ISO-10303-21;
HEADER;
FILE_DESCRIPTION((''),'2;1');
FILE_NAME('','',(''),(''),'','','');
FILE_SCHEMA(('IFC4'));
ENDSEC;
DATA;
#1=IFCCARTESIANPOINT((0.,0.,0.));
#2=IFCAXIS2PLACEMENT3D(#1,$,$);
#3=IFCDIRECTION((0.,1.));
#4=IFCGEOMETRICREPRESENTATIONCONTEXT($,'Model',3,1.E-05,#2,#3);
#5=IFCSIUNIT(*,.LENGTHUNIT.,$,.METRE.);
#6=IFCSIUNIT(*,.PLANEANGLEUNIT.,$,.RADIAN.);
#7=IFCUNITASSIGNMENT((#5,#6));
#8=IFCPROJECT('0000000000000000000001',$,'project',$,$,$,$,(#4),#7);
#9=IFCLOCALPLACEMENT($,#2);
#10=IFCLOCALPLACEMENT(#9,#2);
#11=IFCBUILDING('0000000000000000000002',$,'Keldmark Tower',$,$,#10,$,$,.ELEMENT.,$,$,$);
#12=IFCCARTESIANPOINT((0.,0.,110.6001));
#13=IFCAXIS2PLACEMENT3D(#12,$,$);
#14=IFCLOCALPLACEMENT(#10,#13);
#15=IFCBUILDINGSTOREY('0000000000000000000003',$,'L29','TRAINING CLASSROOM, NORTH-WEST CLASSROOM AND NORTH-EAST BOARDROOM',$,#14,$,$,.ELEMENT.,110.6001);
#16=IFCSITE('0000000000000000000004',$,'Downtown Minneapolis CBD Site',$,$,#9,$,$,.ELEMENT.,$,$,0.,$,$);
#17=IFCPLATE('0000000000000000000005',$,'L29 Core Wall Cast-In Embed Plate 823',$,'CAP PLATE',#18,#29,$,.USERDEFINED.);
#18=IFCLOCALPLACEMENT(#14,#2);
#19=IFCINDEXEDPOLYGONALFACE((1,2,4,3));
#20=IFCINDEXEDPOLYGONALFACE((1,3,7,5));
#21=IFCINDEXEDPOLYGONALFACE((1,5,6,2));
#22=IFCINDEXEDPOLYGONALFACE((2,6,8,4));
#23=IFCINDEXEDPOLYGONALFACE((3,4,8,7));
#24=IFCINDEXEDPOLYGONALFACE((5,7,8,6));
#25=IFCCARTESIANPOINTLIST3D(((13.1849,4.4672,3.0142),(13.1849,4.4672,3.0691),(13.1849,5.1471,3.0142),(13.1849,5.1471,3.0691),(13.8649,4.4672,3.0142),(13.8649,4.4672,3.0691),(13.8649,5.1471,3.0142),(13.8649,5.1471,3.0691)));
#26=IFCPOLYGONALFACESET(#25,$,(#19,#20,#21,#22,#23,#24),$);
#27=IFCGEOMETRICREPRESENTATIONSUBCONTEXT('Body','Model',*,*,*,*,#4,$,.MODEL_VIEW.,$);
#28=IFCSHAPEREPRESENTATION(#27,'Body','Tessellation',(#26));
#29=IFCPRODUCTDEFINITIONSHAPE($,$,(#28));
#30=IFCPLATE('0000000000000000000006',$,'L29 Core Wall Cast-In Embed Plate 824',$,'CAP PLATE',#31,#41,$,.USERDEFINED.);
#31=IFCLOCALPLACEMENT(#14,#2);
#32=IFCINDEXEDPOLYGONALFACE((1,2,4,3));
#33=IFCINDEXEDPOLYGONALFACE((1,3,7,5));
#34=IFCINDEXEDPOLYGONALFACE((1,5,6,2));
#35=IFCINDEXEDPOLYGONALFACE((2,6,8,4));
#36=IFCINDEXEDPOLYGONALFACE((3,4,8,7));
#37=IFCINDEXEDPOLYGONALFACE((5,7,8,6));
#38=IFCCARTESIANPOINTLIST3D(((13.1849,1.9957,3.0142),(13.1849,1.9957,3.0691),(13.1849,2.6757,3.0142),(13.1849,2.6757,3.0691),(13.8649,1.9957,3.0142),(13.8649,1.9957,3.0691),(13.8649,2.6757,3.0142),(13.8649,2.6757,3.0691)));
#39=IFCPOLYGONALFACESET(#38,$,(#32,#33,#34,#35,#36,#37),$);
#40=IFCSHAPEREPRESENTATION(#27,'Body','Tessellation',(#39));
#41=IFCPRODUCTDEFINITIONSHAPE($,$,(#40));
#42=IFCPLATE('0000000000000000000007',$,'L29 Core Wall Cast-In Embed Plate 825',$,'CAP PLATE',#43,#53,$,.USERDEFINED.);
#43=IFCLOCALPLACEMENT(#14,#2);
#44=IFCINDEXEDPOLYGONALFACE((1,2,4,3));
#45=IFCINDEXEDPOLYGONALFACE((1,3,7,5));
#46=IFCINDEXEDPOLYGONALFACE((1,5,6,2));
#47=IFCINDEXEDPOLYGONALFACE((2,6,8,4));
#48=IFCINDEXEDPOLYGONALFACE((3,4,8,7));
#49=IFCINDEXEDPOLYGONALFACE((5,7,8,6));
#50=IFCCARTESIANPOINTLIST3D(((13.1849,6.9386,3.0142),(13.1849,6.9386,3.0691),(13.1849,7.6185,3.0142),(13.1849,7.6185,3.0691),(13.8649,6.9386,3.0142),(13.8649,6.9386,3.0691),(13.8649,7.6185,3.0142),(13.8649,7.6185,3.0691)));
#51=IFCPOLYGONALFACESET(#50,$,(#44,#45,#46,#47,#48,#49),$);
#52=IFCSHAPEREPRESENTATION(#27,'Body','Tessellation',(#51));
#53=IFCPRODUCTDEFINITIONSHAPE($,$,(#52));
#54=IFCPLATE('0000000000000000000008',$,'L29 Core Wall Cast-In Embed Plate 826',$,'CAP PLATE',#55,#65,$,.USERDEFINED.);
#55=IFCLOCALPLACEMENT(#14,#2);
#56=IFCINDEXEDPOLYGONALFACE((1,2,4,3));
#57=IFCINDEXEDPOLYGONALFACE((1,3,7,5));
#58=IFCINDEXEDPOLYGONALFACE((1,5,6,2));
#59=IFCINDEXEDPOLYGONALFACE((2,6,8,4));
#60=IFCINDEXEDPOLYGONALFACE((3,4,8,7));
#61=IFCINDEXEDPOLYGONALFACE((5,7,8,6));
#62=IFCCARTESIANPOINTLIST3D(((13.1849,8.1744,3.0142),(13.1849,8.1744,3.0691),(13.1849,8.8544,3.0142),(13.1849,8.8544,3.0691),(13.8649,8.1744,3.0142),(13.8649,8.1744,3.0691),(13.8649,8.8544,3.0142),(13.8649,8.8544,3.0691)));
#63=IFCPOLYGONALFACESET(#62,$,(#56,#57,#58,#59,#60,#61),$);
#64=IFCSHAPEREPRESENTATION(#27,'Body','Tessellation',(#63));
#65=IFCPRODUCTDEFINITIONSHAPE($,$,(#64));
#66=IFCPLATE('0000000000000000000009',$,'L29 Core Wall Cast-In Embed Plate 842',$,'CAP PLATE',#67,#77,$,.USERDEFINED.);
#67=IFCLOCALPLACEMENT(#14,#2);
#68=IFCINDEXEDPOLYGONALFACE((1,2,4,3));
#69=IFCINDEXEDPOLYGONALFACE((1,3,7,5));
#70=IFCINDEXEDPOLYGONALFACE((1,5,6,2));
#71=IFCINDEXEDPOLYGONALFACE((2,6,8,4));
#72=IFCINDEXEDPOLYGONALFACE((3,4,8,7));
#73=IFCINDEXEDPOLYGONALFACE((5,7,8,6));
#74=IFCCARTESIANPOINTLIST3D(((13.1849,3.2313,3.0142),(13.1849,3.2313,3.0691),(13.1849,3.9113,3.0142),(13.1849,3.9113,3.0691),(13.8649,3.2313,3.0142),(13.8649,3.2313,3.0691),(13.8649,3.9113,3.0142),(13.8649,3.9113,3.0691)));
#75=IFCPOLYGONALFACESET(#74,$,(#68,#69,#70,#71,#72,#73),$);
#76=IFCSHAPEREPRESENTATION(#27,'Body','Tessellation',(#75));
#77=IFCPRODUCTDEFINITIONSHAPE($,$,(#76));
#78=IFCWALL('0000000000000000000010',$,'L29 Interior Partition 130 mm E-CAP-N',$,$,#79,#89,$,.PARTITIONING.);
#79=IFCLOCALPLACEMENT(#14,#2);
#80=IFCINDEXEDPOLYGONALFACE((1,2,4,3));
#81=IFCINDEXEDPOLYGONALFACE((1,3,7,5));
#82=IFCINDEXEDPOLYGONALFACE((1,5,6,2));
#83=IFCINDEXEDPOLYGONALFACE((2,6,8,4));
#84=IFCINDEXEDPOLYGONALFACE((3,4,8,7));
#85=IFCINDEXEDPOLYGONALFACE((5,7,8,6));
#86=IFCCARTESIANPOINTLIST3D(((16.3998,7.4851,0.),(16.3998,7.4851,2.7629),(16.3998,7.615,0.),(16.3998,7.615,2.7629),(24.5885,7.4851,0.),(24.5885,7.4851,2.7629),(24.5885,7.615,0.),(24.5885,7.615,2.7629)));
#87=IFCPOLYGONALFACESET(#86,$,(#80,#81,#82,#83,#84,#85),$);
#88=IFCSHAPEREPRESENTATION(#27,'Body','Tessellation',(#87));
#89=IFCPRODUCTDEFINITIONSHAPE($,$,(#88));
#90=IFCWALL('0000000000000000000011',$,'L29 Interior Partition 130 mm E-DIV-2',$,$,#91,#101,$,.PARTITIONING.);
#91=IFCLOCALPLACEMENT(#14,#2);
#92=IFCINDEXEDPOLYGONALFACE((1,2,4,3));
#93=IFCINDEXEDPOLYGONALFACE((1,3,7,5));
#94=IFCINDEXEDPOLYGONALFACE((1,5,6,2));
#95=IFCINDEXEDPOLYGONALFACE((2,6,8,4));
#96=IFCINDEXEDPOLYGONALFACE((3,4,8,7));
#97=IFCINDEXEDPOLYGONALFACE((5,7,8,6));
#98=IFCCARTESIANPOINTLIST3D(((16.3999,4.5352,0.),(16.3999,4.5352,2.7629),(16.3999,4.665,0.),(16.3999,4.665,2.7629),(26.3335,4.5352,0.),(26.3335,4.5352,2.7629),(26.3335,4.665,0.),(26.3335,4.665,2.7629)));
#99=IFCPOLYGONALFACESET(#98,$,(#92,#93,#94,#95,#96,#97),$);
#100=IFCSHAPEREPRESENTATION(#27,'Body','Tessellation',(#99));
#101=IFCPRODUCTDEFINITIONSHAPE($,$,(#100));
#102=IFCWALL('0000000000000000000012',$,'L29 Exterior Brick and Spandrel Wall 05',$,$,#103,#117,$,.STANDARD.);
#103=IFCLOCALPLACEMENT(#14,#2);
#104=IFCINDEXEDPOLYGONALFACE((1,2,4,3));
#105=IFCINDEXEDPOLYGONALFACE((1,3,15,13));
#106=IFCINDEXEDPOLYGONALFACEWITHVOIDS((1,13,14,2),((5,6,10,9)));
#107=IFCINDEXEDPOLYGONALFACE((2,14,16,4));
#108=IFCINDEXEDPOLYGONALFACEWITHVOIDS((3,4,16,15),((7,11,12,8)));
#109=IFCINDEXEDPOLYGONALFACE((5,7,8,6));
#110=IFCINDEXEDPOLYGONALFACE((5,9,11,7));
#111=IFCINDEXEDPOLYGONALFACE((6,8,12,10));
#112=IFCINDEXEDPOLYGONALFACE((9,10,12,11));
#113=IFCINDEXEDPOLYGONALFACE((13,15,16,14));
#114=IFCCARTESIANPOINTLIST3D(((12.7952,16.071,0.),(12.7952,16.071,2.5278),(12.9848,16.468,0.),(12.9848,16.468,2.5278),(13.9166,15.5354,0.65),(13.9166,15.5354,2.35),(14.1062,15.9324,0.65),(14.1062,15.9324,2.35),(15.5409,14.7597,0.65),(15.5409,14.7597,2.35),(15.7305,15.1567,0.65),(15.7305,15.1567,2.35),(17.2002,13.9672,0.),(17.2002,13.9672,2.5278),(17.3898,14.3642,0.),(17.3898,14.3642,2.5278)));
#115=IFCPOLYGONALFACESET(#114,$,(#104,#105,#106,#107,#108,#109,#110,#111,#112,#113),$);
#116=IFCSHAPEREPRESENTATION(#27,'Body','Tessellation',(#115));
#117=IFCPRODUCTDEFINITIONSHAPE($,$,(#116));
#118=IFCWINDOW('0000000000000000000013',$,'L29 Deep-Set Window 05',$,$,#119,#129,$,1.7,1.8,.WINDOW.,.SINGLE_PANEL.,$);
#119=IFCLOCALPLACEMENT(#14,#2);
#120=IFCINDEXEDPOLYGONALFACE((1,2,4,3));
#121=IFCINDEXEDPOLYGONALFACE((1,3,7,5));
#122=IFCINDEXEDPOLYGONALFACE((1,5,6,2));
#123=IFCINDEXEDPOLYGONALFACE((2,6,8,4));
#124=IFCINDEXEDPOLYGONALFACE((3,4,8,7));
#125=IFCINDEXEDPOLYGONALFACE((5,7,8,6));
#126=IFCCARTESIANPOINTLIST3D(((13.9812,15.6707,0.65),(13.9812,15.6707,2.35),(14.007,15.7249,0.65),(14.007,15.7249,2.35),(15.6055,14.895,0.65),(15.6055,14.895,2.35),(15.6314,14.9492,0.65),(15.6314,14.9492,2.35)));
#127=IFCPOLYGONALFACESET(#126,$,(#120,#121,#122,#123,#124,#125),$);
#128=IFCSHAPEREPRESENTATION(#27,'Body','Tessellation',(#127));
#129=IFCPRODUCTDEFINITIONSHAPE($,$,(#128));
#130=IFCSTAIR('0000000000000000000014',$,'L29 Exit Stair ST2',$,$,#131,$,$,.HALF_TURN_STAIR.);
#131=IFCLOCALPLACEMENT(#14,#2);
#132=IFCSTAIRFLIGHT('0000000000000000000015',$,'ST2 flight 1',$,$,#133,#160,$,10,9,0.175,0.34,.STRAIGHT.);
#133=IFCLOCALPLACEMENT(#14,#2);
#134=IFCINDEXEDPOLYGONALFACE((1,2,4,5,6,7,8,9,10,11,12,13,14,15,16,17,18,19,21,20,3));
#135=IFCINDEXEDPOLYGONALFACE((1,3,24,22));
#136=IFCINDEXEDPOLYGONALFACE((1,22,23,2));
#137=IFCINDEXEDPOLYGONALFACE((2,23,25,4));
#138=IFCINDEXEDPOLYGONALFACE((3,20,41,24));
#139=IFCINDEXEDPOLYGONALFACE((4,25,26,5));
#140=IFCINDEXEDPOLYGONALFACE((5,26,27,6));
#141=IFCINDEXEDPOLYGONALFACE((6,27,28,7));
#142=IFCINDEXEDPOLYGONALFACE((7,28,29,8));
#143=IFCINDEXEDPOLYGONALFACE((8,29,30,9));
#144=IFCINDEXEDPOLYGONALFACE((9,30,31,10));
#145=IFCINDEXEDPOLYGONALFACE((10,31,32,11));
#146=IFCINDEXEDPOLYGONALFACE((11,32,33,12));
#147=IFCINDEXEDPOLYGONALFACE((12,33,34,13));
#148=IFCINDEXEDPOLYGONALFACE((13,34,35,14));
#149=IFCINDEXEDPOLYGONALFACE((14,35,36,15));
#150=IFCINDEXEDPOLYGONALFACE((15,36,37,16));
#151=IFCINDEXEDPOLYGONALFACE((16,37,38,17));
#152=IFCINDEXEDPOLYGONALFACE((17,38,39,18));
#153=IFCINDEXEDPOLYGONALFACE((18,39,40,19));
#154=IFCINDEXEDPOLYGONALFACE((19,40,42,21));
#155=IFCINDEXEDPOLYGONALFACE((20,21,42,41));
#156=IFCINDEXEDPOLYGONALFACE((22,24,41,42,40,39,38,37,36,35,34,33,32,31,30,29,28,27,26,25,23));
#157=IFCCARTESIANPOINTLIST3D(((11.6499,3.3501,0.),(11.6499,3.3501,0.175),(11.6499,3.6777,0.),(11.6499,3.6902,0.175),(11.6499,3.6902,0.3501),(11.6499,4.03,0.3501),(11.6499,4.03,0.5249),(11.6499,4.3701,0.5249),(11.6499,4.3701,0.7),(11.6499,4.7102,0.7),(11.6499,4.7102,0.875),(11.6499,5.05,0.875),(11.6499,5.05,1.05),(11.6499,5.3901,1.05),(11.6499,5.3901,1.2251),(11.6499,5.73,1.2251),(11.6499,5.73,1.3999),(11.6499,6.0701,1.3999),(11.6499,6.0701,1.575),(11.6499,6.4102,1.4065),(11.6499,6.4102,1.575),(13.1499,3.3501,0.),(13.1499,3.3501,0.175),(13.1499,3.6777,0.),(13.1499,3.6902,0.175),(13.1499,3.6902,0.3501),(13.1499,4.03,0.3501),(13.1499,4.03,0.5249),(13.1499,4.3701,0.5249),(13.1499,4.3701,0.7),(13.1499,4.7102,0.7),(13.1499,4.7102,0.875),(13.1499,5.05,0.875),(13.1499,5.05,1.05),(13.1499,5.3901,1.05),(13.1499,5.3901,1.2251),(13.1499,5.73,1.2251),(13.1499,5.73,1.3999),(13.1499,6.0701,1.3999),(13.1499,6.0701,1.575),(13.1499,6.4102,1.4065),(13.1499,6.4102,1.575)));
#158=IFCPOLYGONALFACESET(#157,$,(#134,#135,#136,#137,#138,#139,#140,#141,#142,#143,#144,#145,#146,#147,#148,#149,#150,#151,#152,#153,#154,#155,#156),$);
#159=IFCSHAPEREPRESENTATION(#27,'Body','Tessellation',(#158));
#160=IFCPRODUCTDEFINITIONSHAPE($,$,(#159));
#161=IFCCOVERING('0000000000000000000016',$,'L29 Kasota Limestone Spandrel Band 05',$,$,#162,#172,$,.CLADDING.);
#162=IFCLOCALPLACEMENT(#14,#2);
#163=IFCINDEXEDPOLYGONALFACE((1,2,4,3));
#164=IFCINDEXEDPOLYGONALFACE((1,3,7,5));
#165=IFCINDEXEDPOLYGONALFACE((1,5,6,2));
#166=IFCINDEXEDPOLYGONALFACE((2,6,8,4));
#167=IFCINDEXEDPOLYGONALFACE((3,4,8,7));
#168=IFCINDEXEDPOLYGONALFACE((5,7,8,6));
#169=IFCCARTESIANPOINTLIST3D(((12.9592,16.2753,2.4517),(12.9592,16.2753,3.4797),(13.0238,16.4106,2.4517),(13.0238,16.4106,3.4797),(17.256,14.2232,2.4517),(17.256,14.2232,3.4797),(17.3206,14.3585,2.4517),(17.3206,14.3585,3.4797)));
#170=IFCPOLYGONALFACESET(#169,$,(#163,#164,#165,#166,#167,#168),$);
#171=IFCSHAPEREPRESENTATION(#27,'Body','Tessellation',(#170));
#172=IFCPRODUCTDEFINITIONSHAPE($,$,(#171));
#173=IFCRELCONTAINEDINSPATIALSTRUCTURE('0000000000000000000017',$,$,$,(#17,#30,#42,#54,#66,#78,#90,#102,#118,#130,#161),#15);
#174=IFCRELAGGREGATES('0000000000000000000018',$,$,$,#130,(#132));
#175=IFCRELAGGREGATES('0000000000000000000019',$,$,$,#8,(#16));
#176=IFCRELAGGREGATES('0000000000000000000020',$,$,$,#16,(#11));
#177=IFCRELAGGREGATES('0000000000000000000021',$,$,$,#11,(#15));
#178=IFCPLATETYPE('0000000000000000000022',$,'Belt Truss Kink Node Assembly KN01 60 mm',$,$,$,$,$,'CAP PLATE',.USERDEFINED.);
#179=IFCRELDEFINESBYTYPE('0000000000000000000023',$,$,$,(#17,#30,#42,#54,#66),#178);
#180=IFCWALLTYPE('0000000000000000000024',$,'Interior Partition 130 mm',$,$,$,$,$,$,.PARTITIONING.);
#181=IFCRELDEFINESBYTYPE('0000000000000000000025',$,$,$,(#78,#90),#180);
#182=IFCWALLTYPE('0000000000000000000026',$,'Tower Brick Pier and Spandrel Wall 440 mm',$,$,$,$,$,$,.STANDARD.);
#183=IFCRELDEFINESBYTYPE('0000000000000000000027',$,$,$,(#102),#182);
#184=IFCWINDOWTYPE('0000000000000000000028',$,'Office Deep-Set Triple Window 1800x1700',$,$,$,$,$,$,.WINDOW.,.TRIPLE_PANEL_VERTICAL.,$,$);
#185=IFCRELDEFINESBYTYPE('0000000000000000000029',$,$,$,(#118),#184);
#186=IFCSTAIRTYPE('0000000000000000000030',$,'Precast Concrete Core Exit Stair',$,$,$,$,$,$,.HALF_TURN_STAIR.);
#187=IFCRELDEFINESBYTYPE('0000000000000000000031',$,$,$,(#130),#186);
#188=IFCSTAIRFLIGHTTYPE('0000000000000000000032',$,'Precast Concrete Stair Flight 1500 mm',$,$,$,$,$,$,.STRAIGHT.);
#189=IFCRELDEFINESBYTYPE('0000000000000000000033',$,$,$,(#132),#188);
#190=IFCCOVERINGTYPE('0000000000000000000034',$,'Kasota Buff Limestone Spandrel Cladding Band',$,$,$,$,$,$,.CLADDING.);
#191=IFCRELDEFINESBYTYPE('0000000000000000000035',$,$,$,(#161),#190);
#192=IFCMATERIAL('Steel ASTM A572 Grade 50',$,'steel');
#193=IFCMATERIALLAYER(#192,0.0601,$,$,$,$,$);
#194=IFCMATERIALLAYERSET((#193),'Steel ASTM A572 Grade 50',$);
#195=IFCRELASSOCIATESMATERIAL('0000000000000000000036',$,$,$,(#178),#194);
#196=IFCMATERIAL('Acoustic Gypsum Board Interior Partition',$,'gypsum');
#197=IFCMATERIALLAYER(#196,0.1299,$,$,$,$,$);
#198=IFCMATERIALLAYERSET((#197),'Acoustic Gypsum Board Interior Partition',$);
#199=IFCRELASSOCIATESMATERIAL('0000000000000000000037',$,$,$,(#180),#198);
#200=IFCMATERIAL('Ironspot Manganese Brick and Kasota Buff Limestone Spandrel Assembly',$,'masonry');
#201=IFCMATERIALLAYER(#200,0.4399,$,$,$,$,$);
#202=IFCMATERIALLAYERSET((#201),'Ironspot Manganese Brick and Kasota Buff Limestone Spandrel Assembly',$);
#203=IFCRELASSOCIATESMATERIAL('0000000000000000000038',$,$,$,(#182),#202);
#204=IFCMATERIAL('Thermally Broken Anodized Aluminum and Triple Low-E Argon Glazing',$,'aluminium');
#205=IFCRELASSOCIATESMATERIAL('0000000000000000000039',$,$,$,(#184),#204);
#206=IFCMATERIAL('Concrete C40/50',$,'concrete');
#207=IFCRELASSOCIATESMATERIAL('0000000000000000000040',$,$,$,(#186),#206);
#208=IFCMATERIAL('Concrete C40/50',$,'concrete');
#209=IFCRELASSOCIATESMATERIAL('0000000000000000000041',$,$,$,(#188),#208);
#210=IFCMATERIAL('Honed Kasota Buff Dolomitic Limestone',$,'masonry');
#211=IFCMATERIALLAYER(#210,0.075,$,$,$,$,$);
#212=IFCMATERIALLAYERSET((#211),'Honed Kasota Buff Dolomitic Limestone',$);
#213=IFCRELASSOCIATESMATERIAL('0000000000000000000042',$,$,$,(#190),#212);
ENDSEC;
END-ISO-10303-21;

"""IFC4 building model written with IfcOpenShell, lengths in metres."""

from ifc_helpers import new_model, si_unit, direction, frame, frame_2d, origin, origin_2d, place, context, subcontext, project, spatial, polyline, rectangle, outline, extrude, material, layer, layer_set, type_object, element, fill, aggregate, save


model = new_model("IFC4")

# Units and contexts
model_context = context("Model", 3, precision=1e-05, world=origin(), true_north=direction((0.0, 1.0)))
body_context = subcontext(model_context, "Body", "Model", "MODEL_VIEW")
ifc_project = project(units=[si_unit("LENGTHUNIT", "METRE"), si_unit("PLANEANGLEUNIT", "RADIAN")], contexts=[model_context])

# Site, building, storey
site_placement = place(None, origin())
site = spatial("IfcSite", under=ifc_project, at=site_placement, Name="Downtown Minneapolis CBD Site", CompositionType="ELEMENT", RefElevation=0.0)
building_placement = place(site_placement, origin())
building = spatial("IfcBuilding", under=site, at=building_placement, Name="Keldmark Tower", CompositionType="ELEMENT")
storey_placement = place(building_placement, frame((0.0, 0.0, 110.6001)))
storey = spatial("IfcBuildingStorey", under=building, at=storey_placement, Name="L29", Description="TRAINING CLASSROOM, NORTH-WEST CLASSROOM AND NORTH-EAST BOARDROOM", CompositionType="ELEMENT", Elevation=110.6001)

# Plates
ifc_material_1 = material(Name="Steel ASTM A572 Grade 50", Category="steel")
ifc_layer_1 = layer(ifc_material_1, 0.0601)
ifc_layer_set_1 = layer_set([ifc_layer_1], Name="Steel ASTM A572 Grade 50")
plate_type = type_object("IfcPlateType", Name="Belt Truss Kink Node Assembly KN01 60 mm", ElementType="CAP PLATE", PredefinedType="USERDEFINED", material=ifc_layer_set_1)
for number, where, z_axis, x_axis, name in (
    (1, (13.5249, 4.8071, 3.0142), (0.0, 0.0, 1.0), (1.0, 0.0, 0.0), "L29 Core Wall Cast-In Embed Plate 823"),
    (2, (13.5249, 2.3357, 3.0142), (0.0, 0.0, 1.0), (1.0, 0.0, 0.0), "L29 Core Wall Cast-In Embed Plate 824"),
    (3, (13.5249, 7.2786, 3.0142), (0.0, 0.0, 1.0), (1.0, 0.0, 0.0), "L29 Core Wall Cast-In Embed Plate 825"),
    (4, (13.5249, 8.5144, 3.0142), (0.0, 0.0, 1.0), (1.0, 0.0, 0.0), "L29 Core Wall Cast-In Embed Plate 826"),
    (5, (13.5249, 3.5713, 3.0142), (0.0, 0.0, 1.0), (1.0, 0.0, 0.0), "L29 Core Wall Cast-In Embed Plate 842"),
):
    element("IfcPlate", number, at=place(storey_placement, frame(where, z_axis=z_axis, x_axis=x_axis)), inside=storey, type_object=plate_type, Name=name, ObjectType="CAP PLATE", PredefinedType="USERDEFINED", context=body_context, shape_type="SweptSolid", body=[
        extrude(rectangle(XDim=0.6799, YDim=0.6799, at=origin_2d()), origin(), (0.0, 0.0, 1.0), 0.0549),
    ])

# Walls
ifc_material_2 = material(Name="Acoustic Gypsum Board Interior Partition", Category="gypsum")
ifc_layer_2 = layer(ifc_material_2, 0.1299)
ifc_layer_set_2 = layer_set([ifc_layer_2], Name="Acoustic Gypsum Board Interior Partition")
wall_type_1 = type_object("IfcWallType", Name="Interior Partition 130 mm", PredefinedType="PARTITIONING", material=ifc_layer_set_2)
wall_1_placement = place(storey_placement, frame((16.3999, 7.55, 0.0), z_axis=(0.0, 0.0, 1.0), x_axis=(1.0, 0.0, 0.0)))
element("IfcWall", 6, at=wall_1_placement, inside=storey, type_object=wall_type_1, Name="L29 Interior Partition 130 mm E-CAP-N", PredefinedType="PARTITIONING", context=body_context, shape_type="SweptSolid", body=[
    extrude(rectangle(XDim=8.1887, YDim=0.1299, at=frame_2d((4.0942, 0.0))), origin(), (0.0, 0.0, 1.0), 2.7629),
])
wall_2_placement = place(storey_placement, frame((16.3999, 4.6001, 0.0), z_axis=(0.0, 0.0, 1.0), x_axis=(1.0, 0.0, 0.0)))
element("IfcWall", 7, at=wall_2_placement, inside=storey, type_object=wall_type_1, Name="L29 Interior Partition 130 mm E-DIV-2", PredefinedType="PARTITIONING", context=body_context, shape_type="SweptSolid", body=[
    extrude(rectangle(XDim=9.9336, YDim=0.1299, at=frame_2d((4.9668, 0.0))), origin(), (0.0, 0.0, 1.0), 2.7629),
])

# Wall, opening, window
ifc_material_3 = material(Name="Ironspot Manganese Brick and Kasota Buff Limestone Spandrel Assembly", Category="masonry")
ifc_layer_3 = layer(ifc_material_3, 0.4399)
ifc_layer_set_3 = layer_set([ifc_layer_3], Name="Ironspot Manganese Brick and Kasota Buff Limestone Spandrel Assembly")
wall_type_2 = type_object("IfcWallType", Name="Tower Brick Pier and Spandrel Wall 440 mm", PredefinedType="STANDARD", material=ifc_layer_set_3)
wall_3_placement = place(storey_placement, frame((12.8899, 16.2695, 0.0), z_axis=(0.0, 0.0, 1.0), x_axis=(0.902373, -0.430956, 0.0)))
wall_3 = element("IfcWall", 8, at=wall_3_placement, inside=storey, type_object=wall_type_2, Name="L29 Exterior Brick and Spandrel Wall 05", PredefinedType="STANDARD", context=body_context, shape_type="SweptSolid", body=[
    extrude(rectangle(XDim=4.8816, YDim=0.4399, at=frame_2d((2.4409, 0.0))), origin(), (0.0, 0.0, 1.0), 2.5278),
])
opening_1_placement = place(wall_3_placement, frame((1.2429, 0.0, 0.6499)))
opening_1 = element("IfcOpeningElement", 9, at=opening_1_placement, cuts=wall_3, PredefinedType="OPENING", context=body_context, shape_type="SweptSolid", body=[
    extrude(rectangle(XDim=1.8, YDim=1.7, at=frame_2d((0.8999, 0.8501))), frame((0.0, 0.23, 0.0), z_axis=(0.0, -1.0, 0.0), x_axis=(1.0, 0.0, 0.0)), (0.0, 0.0, 1.0), 0.46),
])
ifc_material_4 = material(Name="Thermally Broken Anodized Aluminum and Triple Low-E Argon Glazing", Category="aluminium")
window_type = type_object("IfcWindowType", Name="Office Deep-Set Triple Window 1800x1700", PartitioningType="TRIPLE_PANEL_VERTICAL", PredefinedType="WINDOW", material=ifc_material_4)
window_placement = place(opening_1_placement, origin())
window = element("IfcWindow", 10, at=window_placement, inside=storey, type_object=window_type, Name="L29 Deep-Set Window 05", OverallHeight=1.7, OverallWidth=1.8, PartitioningType="SINGLE_PANEL", PredefinedType="WINDOW", context=body_context, shape_type="SweptSolid", body=[
    extrude(rectangle(XDim=1.8, YDim=1.7, at=frame_2d((0.8999, 0.8501))), frame((0.0, -0.01, 0.0), z_axis=(0.0, -1.0, 0.0), x_axis=(1.0, 0.0, 0.0)), (0.0, 0.0, 1.0), 0.0601),
])
fill(opening_1, window)

# Stair, stair flight
ifc_material_5 = material(Name="Concrete C40/50", Category="concrete")
stair_type = type_object("IfcStairType", Name="Precast Concrete Core Exit Stair", PredefinedType="HALF_TURN_STAIR", material=ifc_material_5)
stair_placement = place(storey_placement, origin())
stair = element("IfcStair", 11, at=stair_placement, inside=storey, type_object=stair_type, Name="L29 Exit Stair ST2", PredefinedType="HALF_TURN_STAIR")
ifc_material_6 = material(Name="Concrete C40/50", Category="concrete")
stair_flight_type = type_object("IfcStairFlightType", Name="Precast Concrete Stair Flight 1500 mm", PredefinedType="STRAIGHT", material=ifc_material_6)
stair_flight_placement = place(storey_placement, frame((12.3999, 3.3501, 0.0), z_axis=(0.0, 0.0, 1.0), x_axis=(0.0, 1.0, 0.0)))
stair_flight = element("IfcStairFlight", 12, at=stair_flight_placement, type_object=stair_flight_type, Name="ST2 flight 1", NumberOfRisers=10, NumberOfTreads=9, PredefinedType="STRAIGHT", RiserHeight=0.175, TreadLength=0.34, context=body_context, shape_type="SweptSolid", body=[
    extrude(outline(polyline([(0.0, 0.0), (0.0, 0.175), (0.3401, 0.175), (0.3401, 0.3501), (0.6799, 0.3501), (0.6799, 0.5249), (1.02, 0.5249), (1.02, 0.7), (1.3601, 0.7), (1.3601, 0.875), (1.7, 0.875), (1.7, 1.05), (2.04, 1.05), (2.04, 1.2251), (2.3799, 1.2251), (2.3799, 1.3999), (2.72, 1.3999), (2.72, 1.575), (3.0601, 1.575), (3.0601, 1.75), (3.0601, 1.4065), (0.3276, 0.0), (0.0, 0.0)])), frame((0.0, 0.75, 0.0), z_axis=(0.0, -1.0, 0.0), x_axis=(1.0, 0.0, 0.0)), (0.0, 0.0, 1.0), 1.5),
])
aggregate(stair, [stair_flight])

# Covering
ifc_material_7 = material(Name="Honed Kasota Buff Dolomitic Limestone", Category="masonry")
ifc_layer_4 = layer(ifc_material_7, 0.075)
ifc_layer_set_4 = layer_set([ifc_layer_4], Name="Honed Kasota Buff Dolomitic Limestone")
covering_type = type_object("IfcCoveringType", Name="Kasota Buff Limestone Spandrel Cladding Band", PredefinedType="CLADDING", material=ifc_layer_set_4)
covering_placement = place(storey_placement, frame((15.1399, 15.3169, 2.4517), z_axis=(0.0, 0.0, 1.0), x_axis=(-0.902367, 0.430968, 0.0)))
element("IfcCovering", 13, at=covering_placement, inside=storey, type_object=covering_type, Name="L29 Kasota Limestone Spandrel Band 05", PredefinedType="CLADDING", context=body_context, shape_type="SweptSolid", body=[
    extrude(rectangle(XDim=4.7617, YDim=0.1499, at=origin_2d()), origin(), (0.0, 0.0, 1.0), 1.0281),
])

save(model, "model.ifc")
